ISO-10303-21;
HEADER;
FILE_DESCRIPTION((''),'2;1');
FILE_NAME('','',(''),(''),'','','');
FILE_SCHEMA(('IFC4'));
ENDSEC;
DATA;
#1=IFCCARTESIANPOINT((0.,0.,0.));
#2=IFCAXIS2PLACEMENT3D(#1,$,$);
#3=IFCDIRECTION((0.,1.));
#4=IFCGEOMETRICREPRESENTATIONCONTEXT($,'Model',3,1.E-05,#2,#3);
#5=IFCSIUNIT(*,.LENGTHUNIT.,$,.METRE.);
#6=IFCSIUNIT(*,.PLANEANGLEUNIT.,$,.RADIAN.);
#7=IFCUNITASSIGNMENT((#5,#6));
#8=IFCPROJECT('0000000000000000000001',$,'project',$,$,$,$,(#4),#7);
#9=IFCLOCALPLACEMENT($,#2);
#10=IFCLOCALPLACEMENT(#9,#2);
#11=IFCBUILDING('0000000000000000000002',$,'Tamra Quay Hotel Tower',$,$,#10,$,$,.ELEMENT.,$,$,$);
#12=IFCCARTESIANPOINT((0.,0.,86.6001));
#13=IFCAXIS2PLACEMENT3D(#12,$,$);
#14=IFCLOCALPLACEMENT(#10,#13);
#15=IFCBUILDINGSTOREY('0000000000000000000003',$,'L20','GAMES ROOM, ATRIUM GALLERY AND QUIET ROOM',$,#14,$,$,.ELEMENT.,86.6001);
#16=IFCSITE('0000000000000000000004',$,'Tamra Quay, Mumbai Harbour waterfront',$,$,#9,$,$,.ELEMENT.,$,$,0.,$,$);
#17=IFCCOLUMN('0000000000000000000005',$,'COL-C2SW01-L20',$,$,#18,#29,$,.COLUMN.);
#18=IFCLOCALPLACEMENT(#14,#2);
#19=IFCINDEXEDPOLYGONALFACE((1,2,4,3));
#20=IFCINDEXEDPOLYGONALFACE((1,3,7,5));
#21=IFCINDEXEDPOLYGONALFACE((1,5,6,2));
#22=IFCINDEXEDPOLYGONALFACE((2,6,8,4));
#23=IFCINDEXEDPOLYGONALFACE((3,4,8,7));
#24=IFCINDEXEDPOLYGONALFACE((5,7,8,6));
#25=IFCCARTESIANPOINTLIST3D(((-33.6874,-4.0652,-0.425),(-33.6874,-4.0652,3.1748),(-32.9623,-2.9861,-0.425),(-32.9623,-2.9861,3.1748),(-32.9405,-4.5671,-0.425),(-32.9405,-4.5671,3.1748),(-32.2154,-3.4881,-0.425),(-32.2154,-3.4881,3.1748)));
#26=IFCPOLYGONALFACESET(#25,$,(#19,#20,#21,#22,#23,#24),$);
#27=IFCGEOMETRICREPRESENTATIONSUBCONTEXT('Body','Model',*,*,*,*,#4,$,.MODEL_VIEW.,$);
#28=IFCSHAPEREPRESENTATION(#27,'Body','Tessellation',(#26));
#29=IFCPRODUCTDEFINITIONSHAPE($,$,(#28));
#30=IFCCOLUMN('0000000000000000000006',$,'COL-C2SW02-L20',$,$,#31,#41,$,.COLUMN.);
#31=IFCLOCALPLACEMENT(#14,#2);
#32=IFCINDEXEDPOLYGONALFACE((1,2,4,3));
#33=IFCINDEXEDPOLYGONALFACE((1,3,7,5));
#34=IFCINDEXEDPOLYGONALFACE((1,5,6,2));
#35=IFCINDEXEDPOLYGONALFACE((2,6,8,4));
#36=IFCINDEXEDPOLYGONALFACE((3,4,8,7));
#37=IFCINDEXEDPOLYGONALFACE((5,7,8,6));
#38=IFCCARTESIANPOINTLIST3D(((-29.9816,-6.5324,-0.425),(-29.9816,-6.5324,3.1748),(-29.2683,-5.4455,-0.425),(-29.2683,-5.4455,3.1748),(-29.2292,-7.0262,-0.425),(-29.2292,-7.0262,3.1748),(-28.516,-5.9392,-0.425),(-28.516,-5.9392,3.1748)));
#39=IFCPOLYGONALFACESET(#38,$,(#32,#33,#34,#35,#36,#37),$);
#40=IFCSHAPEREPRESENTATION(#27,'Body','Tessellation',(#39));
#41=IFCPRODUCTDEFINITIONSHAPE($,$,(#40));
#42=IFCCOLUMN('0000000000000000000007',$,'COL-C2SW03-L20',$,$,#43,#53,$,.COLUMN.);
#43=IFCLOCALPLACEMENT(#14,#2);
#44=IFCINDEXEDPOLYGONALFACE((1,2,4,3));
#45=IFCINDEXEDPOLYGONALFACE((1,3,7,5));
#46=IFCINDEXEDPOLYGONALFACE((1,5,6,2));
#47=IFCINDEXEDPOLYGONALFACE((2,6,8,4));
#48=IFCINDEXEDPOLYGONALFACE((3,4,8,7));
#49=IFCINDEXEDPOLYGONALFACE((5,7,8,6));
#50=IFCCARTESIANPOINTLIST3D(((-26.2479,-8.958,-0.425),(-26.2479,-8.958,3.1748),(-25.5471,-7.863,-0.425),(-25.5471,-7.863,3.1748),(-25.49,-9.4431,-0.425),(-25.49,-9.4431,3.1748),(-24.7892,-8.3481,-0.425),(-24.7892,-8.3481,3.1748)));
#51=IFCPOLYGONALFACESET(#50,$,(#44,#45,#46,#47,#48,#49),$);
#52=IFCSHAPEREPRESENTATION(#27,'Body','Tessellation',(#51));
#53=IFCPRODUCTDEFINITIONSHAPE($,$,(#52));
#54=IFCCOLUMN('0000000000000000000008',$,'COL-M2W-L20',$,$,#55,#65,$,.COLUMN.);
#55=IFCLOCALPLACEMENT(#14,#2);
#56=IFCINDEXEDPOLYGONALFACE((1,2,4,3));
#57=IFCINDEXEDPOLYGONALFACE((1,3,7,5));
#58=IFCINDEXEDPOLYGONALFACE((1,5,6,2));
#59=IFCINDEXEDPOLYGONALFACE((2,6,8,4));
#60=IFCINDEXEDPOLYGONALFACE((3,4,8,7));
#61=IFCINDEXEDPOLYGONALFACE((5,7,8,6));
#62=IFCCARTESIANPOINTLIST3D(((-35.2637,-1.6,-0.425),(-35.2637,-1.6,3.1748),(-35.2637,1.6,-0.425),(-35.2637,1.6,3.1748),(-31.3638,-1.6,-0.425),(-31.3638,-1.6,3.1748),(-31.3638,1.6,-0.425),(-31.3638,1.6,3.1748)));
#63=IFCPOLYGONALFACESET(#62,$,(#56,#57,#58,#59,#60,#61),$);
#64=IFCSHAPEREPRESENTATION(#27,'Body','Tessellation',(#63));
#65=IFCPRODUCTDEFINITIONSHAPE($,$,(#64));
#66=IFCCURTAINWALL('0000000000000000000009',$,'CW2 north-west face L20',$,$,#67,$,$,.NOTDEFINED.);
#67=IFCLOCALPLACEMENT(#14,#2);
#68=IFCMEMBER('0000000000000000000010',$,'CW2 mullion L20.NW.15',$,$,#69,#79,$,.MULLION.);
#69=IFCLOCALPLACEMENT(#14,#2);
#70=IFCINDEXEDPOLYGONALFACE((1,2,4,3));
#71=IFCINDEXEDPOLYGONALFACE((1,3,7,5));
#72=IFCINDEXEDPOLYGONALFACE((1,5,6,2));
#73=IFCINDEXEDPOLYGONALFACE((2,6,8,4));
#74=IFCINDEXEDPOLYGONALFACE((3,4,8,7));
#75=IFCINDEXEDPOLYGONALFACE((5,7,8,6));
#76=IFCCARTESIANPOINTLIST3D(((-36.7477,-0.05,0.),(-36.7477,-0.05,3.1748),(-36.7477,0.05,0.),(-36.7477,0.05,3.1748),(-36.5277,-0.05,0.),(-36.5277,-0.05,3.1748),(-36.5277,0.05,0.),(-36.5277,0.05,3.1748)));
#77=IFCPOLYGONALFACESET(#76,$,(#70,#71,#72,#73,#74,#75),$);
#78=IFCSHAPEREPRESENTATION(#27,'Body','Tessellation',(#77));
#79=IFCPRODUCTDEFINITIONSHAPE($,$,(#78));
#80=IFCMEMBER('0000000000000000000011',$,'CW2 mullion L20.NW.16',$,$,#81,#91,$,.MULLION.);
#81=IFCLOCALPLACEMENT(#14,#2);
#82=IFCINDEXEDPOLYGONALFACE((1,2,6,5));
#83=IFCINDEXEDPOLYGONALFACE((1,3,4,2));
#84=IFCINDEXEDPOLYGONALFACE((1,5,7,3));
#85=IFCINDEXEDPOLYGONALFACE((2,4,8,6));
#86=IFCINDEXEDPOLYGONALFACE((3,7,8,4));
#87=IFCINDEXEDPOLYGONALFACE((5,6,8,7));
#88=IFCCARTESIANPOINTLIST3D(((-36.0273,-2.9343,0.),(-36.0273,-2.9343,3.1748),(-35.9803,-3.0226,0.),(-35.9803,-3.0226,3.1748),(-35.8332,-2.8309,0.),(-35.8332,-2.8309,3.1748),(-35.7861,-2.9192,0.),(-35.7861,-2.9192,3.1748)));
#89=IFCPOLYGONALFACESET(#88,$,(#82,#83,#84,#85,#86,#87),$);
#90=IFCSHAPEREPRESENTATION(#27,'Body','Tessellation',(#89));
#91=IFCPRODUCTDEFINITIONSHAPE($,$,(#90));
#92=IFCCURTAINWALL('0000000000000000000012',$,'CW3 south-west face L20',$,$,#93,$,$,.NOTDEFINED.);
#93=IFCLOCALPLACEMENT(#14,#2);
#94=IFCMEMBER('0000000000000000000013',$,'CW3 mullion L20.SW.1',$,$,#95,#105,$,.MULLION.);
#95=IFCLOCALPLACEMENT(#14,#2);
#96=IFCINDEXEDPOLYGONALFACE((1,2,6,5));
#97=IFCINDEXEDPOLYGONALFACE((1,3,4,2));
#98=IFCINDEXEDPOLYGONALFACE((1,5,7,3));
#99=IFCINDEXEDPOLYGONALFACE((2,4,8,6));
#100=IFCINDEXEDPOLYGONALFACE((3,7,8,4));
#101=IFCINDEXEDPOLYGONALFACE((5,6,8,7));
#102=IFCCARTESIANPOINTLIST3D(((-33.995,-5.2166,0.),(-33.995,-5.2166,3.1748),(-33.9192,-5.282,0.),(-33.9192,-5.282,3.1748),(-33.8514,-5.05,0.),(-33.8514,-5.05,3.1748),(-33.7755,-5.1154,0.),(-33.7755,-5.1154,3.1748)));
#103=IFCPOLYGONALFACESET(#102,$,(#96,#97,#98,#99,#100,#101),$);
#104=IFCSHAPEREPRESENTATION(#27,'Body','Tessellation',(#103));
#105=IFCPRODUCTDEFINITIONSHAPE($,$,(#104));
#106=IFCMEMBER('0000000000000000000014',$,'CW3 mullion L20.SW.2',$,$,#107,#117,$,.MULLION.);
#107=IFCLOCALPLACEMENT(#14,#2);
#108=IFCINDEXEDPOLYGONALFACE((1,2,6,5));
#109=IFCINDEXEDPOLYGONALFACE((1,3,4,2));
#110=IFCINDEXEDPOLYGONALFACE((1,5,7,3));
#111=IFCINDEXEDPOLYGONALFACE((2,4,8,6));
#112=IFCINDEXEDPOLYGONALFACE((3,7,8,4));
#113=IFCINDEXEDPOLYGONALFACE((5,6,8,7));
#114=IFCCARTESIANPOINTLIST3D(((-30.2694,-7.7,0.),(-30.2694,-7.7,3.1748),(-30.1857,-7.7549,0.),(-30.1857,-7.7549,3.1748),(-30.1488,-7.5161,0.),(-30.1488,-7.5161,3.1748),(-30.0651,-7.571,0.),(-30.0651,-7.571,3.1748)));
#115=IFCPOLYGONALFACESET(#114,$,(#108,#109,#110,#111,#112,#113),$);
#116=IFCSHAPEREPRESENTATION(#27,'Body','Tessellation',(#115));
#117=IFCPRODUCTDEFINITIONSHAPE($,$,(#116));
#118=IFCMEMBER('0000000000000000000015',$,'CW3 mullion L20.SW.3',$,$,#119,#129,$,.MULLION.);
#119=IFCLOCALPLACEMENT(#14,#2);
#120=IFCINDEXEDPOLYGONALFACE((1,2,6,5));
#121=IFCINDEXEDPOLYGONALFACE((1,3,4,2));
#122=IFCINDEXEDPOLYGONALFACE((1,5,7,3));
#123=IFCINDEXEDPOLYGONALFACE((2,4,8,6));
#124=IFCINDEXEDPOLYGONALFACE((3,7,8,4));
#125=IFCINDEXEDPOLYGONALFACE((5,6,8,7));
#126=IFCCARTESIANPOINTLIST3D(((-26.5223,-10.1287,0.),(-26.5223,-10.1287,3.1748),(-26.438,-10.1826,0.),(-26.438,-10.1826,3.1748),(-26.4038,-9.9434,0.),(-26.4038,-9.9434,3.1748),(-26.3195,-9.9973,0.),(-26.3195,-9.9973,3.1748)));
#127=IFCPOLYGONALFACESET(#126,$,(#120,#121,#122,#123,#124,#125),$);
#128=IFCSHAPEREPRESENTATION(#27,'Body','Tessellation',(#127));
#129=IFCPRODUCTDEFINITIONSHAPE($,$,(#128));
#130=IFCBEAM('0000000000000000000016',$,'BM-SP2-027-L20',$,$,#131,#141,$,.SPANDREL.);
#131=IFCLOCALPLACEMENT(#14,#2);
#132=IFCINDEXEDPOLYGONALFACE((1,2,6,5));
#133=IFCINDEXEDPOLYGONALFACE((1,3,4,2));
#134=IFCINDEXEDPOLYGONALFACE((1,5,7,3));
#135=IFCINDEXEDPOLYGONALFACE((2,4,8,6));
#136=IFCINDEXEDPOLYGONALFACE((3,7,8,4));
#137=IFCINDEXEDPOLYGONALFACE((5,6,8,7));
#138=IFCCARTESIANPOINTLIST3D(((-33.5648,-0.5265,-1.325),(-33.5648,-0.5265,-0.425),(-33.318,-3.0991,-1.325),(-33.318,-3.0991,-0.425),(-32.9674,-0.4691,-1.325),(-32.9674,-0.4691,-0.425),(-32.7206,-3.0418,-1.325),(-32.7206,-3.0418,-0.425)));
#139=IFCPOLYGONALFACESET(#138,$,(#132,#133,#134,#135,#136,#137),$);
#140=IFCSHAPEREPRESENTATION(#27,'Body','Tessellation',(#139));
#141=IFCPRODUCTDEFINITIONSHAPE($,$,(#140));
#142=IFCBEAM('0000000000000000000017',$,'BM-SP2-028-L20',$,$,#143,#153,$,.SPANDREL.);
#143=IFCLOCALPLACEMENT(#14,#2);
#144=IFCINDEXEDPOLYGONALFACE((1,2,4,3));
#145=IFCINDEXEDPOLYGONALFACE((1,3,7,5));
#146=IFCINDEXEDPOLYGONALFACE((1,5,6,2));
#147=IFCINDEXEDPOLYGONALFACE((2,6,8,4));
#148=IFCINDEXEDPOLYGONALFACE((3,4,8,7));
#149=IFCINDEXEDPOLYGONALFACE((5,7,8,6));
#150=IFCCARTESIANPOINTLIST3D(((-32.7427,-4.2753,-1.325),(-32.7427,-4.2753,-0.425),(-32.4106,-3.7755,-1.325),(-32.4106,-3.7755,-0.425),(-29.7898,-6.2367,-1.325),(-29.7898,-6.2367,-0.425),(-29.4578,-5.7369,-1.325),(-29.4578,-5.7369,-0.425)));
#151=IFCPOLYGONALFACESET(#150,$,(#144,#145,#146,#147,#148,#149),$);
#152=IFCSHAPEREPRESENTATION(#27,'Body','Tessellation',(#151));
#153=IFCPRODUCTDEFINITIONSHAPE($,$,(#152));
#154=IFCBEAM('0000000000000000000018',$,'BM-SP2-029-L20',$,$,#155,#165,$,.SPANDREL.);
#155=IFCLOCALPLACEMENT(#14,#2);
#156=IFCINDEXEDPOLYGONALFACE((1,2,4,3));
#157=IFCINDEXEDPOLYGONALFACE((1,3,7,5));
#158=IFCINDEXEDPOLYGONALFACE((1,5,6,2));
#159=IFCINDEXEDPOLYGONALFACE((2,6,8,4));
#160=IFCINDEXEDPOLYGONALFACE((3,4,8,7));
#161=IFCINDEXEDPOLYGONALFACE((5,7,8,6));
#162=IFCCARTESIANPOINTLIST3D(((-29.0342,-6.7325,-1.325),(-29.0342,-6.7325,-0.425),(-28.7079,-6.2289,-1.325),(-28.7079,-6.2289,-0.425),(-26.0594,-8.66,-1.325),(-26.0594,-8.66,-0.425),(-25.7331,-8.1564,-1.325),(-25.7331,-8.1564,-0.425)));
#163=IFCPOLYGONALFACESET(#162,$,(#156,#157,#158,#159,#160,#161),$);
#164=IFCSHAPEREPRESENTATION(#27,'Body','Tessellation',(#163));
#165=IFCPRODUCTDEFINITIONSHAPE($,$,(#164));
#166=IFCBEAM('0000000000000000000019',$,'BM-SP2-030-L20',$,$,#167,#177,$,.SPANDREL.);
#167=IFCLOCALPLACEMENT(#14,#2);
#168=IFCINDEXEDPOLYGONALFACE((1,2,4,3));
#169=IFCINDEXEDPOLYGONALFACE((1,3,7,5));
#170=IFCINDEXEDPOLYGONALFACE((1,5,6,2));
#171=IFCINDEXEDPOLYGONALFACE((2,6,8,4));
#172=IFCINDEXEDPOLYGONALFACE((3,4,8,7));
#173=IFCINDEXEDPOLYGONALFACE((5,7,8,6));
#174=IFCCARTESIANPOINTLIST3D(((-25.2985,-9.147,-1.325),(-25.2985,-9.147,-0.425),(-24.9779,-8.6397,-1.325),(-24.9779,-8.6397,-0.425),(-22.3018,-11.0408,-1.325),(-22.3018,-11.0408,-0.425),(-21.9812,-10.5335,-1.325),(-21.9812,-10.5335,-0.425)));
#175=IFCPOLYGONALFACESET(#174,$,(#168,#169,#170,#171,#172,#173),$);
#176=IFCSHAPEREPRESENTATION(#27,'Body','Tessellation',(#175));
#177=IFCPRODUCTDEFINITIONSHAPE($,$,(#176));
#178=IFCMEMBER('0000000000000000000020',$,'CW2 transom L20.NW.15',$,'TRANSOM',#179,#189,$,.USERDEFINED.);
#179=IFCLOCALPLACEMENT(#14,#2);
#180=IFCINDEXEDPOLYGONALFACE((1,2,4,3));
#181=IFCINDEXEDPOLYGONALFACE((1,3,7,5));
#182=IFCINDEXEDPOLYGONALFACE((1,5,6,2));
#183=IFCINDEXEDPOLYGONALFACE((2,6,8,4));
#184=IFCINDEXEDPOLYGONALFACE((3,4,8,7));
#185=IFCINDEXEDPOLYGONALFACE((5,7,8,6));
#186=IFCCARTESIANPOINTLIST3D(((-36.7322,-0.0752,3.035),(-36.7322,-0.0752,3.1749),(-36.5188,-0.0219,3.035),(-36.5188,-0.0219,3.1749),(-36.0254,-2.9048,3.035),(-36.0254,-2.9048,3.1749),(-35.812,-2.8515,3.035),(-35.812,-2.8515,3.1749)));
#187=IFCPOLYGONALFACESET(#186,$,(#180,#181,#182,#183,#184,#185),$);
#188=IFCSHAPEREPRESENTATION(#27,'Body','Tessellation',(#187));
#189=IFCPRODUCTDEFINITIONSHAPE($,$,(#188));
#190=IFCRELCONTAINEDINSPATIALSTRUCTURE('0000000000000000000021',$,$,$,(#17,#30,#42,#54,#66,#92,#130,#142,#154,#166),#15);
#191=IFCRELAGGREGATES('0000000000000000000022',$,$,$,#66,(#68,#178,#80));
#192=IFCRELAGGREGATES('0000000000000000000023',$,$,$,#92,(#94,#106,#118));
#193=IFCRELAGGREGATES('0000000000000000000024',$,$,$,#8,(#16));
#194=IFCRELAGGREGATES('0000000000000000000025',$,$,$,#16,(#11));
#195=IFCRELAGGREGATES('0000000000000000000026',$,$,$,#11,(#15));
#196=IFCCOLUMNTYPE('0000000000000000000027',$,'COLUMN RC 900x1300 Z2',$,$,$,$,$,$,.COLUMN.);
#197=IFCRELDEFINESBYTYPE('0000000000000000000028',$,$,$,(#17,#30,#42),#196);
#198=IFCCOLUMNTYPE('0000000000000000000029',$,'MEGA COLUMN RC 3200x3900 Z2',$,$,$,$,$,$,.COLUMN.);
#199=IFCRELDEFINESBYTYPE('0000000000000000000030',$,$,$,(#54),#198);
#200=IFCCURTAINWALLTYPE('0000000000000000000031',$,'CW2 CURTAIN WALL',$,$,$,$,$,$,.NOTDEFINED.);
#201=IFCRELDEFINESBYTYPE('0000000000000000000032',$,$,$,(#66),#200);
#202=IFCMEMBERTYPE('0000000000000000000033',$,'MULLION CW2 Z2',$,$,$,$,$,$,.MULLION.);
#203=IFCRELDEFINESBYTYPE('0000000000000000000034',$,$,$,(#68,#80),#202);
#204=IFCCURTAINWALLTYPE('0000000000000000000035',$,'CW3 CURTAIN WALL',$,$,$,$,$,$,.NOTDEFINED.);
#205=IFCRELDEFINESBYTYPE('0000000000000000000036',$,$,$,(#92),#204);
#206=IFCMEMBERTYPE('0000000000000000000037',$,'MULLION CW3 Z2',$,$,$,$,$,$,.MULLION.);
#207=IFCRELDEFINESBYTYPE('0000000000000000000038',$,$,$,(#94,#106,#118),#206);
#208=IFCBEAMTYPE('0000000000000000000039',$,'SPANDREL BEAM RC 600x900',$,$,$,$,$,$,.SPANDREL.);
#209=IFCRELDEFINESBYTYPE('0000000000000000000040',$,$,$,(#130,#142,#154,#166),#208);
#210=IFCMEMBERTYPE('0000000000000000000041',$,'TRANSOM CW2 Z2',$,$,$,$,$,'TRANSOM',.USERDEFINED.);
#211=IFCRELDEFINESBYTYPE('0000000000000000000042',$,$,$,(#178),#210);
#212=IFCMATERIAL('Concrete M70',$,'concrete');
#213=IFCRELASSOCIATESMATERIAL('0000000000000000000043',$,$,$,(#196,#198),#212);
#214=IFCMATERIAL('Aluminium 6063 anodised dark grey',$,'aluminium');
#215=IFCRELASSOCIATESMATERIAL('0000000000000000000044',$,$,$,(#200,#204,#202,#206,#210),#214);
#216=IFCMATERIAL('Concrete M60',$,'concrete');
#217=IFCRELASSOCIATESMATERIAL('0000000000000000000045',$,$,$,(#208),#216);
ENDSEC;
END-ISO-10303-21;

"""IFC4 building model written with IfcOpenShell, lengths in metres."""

from ifc_helpers import new_model, si_unit, direction, frame, origin, origin_2d, place, context, subcontext, project, spatial, rectangle, extrude, material, material_profile, profile_set, type_object, element, aggregate, save


model = new_model("IFC4")

# Units and contexts
model_context = context("Model", 3, precision=1e-05, world=origin(), true_north=direction((0.0, 1.0)))
body_context = subcontext(model_context, "Body", "Model", "MODEL_VIEW")
ifc_project = project(units=[si_unit("LENGTHUNIT", "METRE"), si_unit("PLANEANGLEUNIT", "RADIAN")], contexts=[model_context])

# Site, building, storey
site_placement = place(None, origin())
site = spatial("IfcSite", under=ifc_project, at=site_placement, Name="Tamra Quay, Mumbai Harbour waterfront", CompositionType="ELEMENT", RefElevation=0.0)
building_placement = place(site_placement, origin())
building = spatial("IfcBuilding", under=site, at=building_placement, Name="Tamra Quay Hotel Tower", CompositionType="ELEMENT")
storey_placement = place(building_placement, frame((0.0, 0.0, 86.6001)))
storey = spatial("IfcBuildingStorey", under=building, at=storey_placement, Name="L20", Description="GAMES ROOM, ATRIUM GALLERY AND QUIET ROOM", CompositionType="ELEMENT", Elevation=86.6001)

# Columns
ifc_material_1 = material(Name="Concrete M70", Category="concrete")
ifc_material_profile_1 = material_profile(ifc_material_1, rectangle(XDim=1.3, YDim=0.8999, at=origin_2d()), Name="COLUMN RC 900x1300 Z2")
ifc_profile_set_1 = profile_set([ifc_material_profile_1], Name="Concrete M70")
column_type_1 = type_object("IfcColumnType", Name="COLUMN RC 900x1300 Z2", PredefinedType="COLUMN", material=ifc_profile_set_1)
for number, where, z_axis, x_axis, name in (
    (1, (-32.9514, -3.7766, -0.425), (0.0, 0.0, 1.0), (0.557767, 0.829998, 0.0), "COL-C2SW01-L20"),
    (2, (-29.2488, -6.2358, -0.425), (0.0, 0.0, 1.0), (0.548641, 0.836058, 0.0), "COL-C2SW02-L20"),
    (3, (-25.5186, -8.6531, -0.425), (0.0, 0.0, 1.0), (0.539065, 0.842264, 0.0), "COL-C2SW03-L20"),
):
    element("IfcColumn", number, at=place(storey_placement, frame(where, z_axis=z_axis, x_axis=x_axis)), inside=storey, type_object=column_type_1, Name=name, PredefinedType="COLUMN", context=body_context, shape_type="SweptSolid", body=[
        extrude(rectangle(XDim=1.3, YDim=0.8999, at=origin_2d()), origin(), (0.0, 0.0, 1.0), 3.5999),
    ])
ifc_material_profile_2 = material_profile(ifc_material_1, rectangle(XDim=3.8999, YDim=3.2, at=origin_2d()), Name="MEGA COLUMN RC 3200x3900 Z2")
ifc_profile_set_2 = profile_set([ifc_material_profile_2], Name="Concrete M70")
column_type_2 = type_object("IfcColumnType", Name="MEGA COLUMN RC 3200x3900 Z2", PredefinedType="COLUMN", material=ifc_profile_set_2)
column_placement = place(storey_placement, frame((-33.3137, 0.0, -0.425), z_axis=(0.0, 0.0, 1.0), x_axis=(1.0, 0.0, 0.0)))
element("IfcColumn", 4, at=column_placement, inside=storey, type_object=column_type_2, Name="COL-M2W-L20", PredefinedType="COLUMN", context=body_context, shape_type="SweptSolid", body=[
    extrude(rectangle(XDim=3.8999, YDim=3.2, at=origin_2d()), origin(), (0.0, 0.0, 1.0), 3.5999),
])

# Curtain walls, members
ifc_material_2 = material(Name="Aluminium 6063 anodised dark grey", Category="aluminium")
curtain_wall_type_1 = type_object("IfcCurtainWallType", Name="CW2 CURTAIN WALL", PredefinedType="NOTDEFINED", material=ifc_material_2)
curtain_wall_1_placement = place(storey_placement, origin())
curtain_wall_1 = element("IfcCurtainWall", 5, at=curtain_wall_1_placement, inside=storey, type_object=curtain_wall_type_1, Name="CW2 north-west face L20", PredefinedType="NOTDEFINED")
ifc_material_profile_3 = material_profile(ifc_material_2, rectangle(XDim=0.22, YDim=0.1001, at=origin_2d()), Name="MULLION 100X220")
ifc_profile_set_3 = profile_set([ifc_material_profile_3], Name="Aluminium 6063 anodised dark grey")
member_type_1 = type_object("IfcMemberType", Name="MULLION CW2 Z2", PredefinedType="MULLION", material=ifc_profile_set_3)
member_1_placement = place(storey_placement, frame((-36.6377, 0.0, 0.0), z_axis=(0.0, 0.0, 1.0), x_axis=(-1.0, 0.0, 0.0)))
member_1 = element("IfcMember", 6, at=member_1_placement, type_object=member_type_1, Name="CW2 mullion L20.NW.15", PredefinedType="MULLION", context=body_context, shape_type="SweptSolid", body=[
    extrude(rectangle(XDim=0.22, YDim=0.1001, at=origin_2d()), origin(), (0.0, 0.0, 1.0), 3.1748),
])
member_2_placement = place(storey_placement, frame((-35.9067, -2.9268, 0.0), z_axis=(0.0, 0.0, 1.0), x_axis=(-0.882544, -0.47023, 0.0)))
member_2 = element("IfcMember", 7, at=member_2_placement, type_object=member_type_1, Name="CW2 mullion L20.NW.16", PredefinedType="MULLION", context=body_context, shape_type="SweptSolid", body=[
    extrude(rectangle(XDim=0.22, YDim=0.1001, at=origin_2d()), origin(), (0.0, 0.0, 1.0), 3.1748),
])
curtain_wall_type_2 = type_object("IfcCurtainWallType", Name="CW3 CURTAIN WALL", PredefinedType="NOTDEFINED", material=ifc_material_2)
curtain_wall_2_placement = place(storey_placement, origin())
curtain_wall_2 = element("IfcCurtainWall", 8, at=curtain_wall_2_placement, inside=storey, type_object=curtain_wall_type_2, Name="CW3 south-west face L20", PredefinedType="NOTDEFINED")
ifc_material_profile_4 = material_profile(ifc_material_2, rectangle(XDim=0.22, YDim=0.1001, at=origin_2d()), Name="MULLION 100X220")
ifc_profile_set_4 = profile_set([ifc_material_profile_4], Name="Aluminium 6063 anodised dark grey")
member_type_2 = type_object("IfcMemberType", Name="MULLION CW3 Z2", PredefinedType="MULLION", material=ifc_profile_set_4)
member_3_placement = place(storey_placement, frame((-33.8853, -5.166, 0.0), z_axis=(0.0, 0.0, 1.0), x_axis=(-0.652887, -0.757455, 0.0)))
member_3 = element("IfcMember", 9, at=member_3_placement, type_object=member_type_2, Name="CW3 mullion L20.SW.1", PredefinedType="MULLION", context=body_context, shape_type="SweptSolid", body=[
    extrude(rectangle(XDim=0.22, YDim=0.1001, at=origin_2d()), origin(), (0.0, 0.0, 1.0), 3.1748),
])
member_4_placement = place(storey_placement, frame((-30.1672, -7.6355, 0.0), z_axis=(0.0, 0.0, 1.0), x_axis=(-0.548547, -0.836119, 0.0)))
member_4 = element("IfcMember", 10, at=member_4_placement, type_object=member_type_2, Name="CW3 mullion L20.SW.2", PredefinedType="MULLION", context=body_context, shape_type="SweptSolid", body=[
    extrude(rectangle(XDim=0.22, YDim=0.1001, at=origin_2d()), origin(), (0.0, 0.0, 1.0), 3.1748),
])
member_5_placement = place(storey_placement, frame((-26.4209, -10.063, 0.0), z_axis=(0.0, 0.0, 1.0), x_axis=(-0.538998, -0.842307, 0.0)))
member_5 = element("IfcMember", 11, at=member_5_placement, type_object=member_type_2, Name="CW3 mullion L20.SW.3", PredefinedType="MULLION", context=body_context, shape_type="SweptSolid", body=[
    extrude(rectangle(XDim=0.22, YDim=0.1001, at=origin_2d()), origin(), (0.0, 0.0, 1.0), 3.1748),
])

# Beams
ifc_material_3 = material(Name="Concrete M60", Category="concrete")
ifc_material_profile_5 = material_profile(ifc_material_3, rectangle(XDim=0.6001, YDim=0.8999, at=origin_2d()), Name="SPANDREL BEAM RC 600x900")
ifc_profile_set_5 = profile_set([ifc_material_profile_5], Name="Concrete M60")
beam_type = type_object("IfcBeamType", Name="SPANDREL BEAM RC 600x900", PredefinedType="SPANDREL", material=ifc_profile_set_5)
beam_1_placement = place(storey_placement, frame((-33.2661, -0.4978, -0.875), z_axis=(0.0955, -0.995429, 0.0), x_axis=(0.995429, 0.0955, 0.0)))
element("IfcBeam", 12, at=beam_1_placement, inside=storey, type_object=beam_type, Name="BM-SP2-027-L20", PredefinedType="SPANDREL", context=body_context, shape_type="SweptSolid", body=[
    extrude(rectangle(XDim=0.6001, YDim=0.8999, at=origin_2d()), origin(), (0.0, 0.0, 1.0), 2.5845),
])
beam_2_placement = place(storey_placement, frame((-32.5767, -4.0254, -0.875), z_axis=(0.832982, -0.553301, 0.0), x_axis=(0.553301, 0.832982, 0.0)))
element("IfcBeam", 13, at=beam_2_placement, inside=storey, type_object=beam_type, Name="BM-SP2-028-L20", PredefinedType="SPANDREL", context=body_context, shape_type="SweptSolid", body=[
    extrude(rectangle(XDim=0.6001, YDim=0.8999, at=origin_2d()), origin(), (0.0, 0.0, 1.0), 3.5449),
])
beam_3_placement = place(storey_placement, frame((-28.8711, -6.4807, -0.875), z_axis=(0.839237, -0.543765, 0.0), x_axis=(0.543765, 0.839237, 0.0)))
element("IfcBeam", 14, at=beam_3_placement, inside=storey, type_object=beam_type, Name="BM-SP2-029-L20", PredefinedType="SPANDREL", context=body_context, shape_type="SweptSolid", body=[
    extrude(rectangle(XDim=0.6001, YDim=0.8999, at=origin_2d()), origin(), (0.0, 0.0, 1.0), 3.5447),
])
beam_4_placement = place(storey_placement, frame((-25.1382, -8.8933, -0.875), z_axis=(0.845333, -0.534239, 0.0), x_axis=(0.534239, 0.845333, 0.0)))
element("IfcBeam", 15, at=beam_4_placement, inside=storey, type_object=beam_type, Name="BM-SP2-030-L20", PredefinedType="SPANDREL", context=body_context, shape_type="SweptSolid", body=[
    extrude(rectangle(XDim=0.6001, YDim=0.8999, at=origin_2d()), origin(), (0.0, 0.0, 1.0), 3.5449),
])

# Member
ifc_material_profile_6 = material_profile(ifc_material_2, rectangle(XDim=0.22, YDim=0.1399, at=origin_2d()), Name="TRANSOM 220X140")
ifc_profile_set_6 = profile_set([ifc_material_profile_6], Name="Aluminium 6063 anodised dark grey")
member_type_3 = type_object("IfcMemberType", Name="TRANSOM CW2 Z2", ElementType="TRANSOM", PredefinedType="USERDEFINED", material=ifc_profile_set_6)
member_6_placement = place(storey_placement, frame((-36.6255, -0.0486, 3.105), z_axis=(0.242339, -0.970192, 0.0), x_axis=(0.970192, 0.242339, 0.0)))
member_6 = element("IfcMember", 16, at=member_6_placement, type_object=member_type_3, Name="CW2 transom L20.NW.15", ObjectType="TRANSOM", PredefinedType="USERDEFINED", context=body_context, shape_type="SweptSolid", body=[
    extrude(rectangle(XDim=0.22, YDim=0.1399, at=origin_2d()), origin(), (0.0, 0.0, 1.0), 2.9165),
])

aggregate(curtain_wall_1, [member_1, member_6, member_2])
aggregate(curtain_wall_2, [member_3, member_4, member_5])

save(model, "model.ifc")
